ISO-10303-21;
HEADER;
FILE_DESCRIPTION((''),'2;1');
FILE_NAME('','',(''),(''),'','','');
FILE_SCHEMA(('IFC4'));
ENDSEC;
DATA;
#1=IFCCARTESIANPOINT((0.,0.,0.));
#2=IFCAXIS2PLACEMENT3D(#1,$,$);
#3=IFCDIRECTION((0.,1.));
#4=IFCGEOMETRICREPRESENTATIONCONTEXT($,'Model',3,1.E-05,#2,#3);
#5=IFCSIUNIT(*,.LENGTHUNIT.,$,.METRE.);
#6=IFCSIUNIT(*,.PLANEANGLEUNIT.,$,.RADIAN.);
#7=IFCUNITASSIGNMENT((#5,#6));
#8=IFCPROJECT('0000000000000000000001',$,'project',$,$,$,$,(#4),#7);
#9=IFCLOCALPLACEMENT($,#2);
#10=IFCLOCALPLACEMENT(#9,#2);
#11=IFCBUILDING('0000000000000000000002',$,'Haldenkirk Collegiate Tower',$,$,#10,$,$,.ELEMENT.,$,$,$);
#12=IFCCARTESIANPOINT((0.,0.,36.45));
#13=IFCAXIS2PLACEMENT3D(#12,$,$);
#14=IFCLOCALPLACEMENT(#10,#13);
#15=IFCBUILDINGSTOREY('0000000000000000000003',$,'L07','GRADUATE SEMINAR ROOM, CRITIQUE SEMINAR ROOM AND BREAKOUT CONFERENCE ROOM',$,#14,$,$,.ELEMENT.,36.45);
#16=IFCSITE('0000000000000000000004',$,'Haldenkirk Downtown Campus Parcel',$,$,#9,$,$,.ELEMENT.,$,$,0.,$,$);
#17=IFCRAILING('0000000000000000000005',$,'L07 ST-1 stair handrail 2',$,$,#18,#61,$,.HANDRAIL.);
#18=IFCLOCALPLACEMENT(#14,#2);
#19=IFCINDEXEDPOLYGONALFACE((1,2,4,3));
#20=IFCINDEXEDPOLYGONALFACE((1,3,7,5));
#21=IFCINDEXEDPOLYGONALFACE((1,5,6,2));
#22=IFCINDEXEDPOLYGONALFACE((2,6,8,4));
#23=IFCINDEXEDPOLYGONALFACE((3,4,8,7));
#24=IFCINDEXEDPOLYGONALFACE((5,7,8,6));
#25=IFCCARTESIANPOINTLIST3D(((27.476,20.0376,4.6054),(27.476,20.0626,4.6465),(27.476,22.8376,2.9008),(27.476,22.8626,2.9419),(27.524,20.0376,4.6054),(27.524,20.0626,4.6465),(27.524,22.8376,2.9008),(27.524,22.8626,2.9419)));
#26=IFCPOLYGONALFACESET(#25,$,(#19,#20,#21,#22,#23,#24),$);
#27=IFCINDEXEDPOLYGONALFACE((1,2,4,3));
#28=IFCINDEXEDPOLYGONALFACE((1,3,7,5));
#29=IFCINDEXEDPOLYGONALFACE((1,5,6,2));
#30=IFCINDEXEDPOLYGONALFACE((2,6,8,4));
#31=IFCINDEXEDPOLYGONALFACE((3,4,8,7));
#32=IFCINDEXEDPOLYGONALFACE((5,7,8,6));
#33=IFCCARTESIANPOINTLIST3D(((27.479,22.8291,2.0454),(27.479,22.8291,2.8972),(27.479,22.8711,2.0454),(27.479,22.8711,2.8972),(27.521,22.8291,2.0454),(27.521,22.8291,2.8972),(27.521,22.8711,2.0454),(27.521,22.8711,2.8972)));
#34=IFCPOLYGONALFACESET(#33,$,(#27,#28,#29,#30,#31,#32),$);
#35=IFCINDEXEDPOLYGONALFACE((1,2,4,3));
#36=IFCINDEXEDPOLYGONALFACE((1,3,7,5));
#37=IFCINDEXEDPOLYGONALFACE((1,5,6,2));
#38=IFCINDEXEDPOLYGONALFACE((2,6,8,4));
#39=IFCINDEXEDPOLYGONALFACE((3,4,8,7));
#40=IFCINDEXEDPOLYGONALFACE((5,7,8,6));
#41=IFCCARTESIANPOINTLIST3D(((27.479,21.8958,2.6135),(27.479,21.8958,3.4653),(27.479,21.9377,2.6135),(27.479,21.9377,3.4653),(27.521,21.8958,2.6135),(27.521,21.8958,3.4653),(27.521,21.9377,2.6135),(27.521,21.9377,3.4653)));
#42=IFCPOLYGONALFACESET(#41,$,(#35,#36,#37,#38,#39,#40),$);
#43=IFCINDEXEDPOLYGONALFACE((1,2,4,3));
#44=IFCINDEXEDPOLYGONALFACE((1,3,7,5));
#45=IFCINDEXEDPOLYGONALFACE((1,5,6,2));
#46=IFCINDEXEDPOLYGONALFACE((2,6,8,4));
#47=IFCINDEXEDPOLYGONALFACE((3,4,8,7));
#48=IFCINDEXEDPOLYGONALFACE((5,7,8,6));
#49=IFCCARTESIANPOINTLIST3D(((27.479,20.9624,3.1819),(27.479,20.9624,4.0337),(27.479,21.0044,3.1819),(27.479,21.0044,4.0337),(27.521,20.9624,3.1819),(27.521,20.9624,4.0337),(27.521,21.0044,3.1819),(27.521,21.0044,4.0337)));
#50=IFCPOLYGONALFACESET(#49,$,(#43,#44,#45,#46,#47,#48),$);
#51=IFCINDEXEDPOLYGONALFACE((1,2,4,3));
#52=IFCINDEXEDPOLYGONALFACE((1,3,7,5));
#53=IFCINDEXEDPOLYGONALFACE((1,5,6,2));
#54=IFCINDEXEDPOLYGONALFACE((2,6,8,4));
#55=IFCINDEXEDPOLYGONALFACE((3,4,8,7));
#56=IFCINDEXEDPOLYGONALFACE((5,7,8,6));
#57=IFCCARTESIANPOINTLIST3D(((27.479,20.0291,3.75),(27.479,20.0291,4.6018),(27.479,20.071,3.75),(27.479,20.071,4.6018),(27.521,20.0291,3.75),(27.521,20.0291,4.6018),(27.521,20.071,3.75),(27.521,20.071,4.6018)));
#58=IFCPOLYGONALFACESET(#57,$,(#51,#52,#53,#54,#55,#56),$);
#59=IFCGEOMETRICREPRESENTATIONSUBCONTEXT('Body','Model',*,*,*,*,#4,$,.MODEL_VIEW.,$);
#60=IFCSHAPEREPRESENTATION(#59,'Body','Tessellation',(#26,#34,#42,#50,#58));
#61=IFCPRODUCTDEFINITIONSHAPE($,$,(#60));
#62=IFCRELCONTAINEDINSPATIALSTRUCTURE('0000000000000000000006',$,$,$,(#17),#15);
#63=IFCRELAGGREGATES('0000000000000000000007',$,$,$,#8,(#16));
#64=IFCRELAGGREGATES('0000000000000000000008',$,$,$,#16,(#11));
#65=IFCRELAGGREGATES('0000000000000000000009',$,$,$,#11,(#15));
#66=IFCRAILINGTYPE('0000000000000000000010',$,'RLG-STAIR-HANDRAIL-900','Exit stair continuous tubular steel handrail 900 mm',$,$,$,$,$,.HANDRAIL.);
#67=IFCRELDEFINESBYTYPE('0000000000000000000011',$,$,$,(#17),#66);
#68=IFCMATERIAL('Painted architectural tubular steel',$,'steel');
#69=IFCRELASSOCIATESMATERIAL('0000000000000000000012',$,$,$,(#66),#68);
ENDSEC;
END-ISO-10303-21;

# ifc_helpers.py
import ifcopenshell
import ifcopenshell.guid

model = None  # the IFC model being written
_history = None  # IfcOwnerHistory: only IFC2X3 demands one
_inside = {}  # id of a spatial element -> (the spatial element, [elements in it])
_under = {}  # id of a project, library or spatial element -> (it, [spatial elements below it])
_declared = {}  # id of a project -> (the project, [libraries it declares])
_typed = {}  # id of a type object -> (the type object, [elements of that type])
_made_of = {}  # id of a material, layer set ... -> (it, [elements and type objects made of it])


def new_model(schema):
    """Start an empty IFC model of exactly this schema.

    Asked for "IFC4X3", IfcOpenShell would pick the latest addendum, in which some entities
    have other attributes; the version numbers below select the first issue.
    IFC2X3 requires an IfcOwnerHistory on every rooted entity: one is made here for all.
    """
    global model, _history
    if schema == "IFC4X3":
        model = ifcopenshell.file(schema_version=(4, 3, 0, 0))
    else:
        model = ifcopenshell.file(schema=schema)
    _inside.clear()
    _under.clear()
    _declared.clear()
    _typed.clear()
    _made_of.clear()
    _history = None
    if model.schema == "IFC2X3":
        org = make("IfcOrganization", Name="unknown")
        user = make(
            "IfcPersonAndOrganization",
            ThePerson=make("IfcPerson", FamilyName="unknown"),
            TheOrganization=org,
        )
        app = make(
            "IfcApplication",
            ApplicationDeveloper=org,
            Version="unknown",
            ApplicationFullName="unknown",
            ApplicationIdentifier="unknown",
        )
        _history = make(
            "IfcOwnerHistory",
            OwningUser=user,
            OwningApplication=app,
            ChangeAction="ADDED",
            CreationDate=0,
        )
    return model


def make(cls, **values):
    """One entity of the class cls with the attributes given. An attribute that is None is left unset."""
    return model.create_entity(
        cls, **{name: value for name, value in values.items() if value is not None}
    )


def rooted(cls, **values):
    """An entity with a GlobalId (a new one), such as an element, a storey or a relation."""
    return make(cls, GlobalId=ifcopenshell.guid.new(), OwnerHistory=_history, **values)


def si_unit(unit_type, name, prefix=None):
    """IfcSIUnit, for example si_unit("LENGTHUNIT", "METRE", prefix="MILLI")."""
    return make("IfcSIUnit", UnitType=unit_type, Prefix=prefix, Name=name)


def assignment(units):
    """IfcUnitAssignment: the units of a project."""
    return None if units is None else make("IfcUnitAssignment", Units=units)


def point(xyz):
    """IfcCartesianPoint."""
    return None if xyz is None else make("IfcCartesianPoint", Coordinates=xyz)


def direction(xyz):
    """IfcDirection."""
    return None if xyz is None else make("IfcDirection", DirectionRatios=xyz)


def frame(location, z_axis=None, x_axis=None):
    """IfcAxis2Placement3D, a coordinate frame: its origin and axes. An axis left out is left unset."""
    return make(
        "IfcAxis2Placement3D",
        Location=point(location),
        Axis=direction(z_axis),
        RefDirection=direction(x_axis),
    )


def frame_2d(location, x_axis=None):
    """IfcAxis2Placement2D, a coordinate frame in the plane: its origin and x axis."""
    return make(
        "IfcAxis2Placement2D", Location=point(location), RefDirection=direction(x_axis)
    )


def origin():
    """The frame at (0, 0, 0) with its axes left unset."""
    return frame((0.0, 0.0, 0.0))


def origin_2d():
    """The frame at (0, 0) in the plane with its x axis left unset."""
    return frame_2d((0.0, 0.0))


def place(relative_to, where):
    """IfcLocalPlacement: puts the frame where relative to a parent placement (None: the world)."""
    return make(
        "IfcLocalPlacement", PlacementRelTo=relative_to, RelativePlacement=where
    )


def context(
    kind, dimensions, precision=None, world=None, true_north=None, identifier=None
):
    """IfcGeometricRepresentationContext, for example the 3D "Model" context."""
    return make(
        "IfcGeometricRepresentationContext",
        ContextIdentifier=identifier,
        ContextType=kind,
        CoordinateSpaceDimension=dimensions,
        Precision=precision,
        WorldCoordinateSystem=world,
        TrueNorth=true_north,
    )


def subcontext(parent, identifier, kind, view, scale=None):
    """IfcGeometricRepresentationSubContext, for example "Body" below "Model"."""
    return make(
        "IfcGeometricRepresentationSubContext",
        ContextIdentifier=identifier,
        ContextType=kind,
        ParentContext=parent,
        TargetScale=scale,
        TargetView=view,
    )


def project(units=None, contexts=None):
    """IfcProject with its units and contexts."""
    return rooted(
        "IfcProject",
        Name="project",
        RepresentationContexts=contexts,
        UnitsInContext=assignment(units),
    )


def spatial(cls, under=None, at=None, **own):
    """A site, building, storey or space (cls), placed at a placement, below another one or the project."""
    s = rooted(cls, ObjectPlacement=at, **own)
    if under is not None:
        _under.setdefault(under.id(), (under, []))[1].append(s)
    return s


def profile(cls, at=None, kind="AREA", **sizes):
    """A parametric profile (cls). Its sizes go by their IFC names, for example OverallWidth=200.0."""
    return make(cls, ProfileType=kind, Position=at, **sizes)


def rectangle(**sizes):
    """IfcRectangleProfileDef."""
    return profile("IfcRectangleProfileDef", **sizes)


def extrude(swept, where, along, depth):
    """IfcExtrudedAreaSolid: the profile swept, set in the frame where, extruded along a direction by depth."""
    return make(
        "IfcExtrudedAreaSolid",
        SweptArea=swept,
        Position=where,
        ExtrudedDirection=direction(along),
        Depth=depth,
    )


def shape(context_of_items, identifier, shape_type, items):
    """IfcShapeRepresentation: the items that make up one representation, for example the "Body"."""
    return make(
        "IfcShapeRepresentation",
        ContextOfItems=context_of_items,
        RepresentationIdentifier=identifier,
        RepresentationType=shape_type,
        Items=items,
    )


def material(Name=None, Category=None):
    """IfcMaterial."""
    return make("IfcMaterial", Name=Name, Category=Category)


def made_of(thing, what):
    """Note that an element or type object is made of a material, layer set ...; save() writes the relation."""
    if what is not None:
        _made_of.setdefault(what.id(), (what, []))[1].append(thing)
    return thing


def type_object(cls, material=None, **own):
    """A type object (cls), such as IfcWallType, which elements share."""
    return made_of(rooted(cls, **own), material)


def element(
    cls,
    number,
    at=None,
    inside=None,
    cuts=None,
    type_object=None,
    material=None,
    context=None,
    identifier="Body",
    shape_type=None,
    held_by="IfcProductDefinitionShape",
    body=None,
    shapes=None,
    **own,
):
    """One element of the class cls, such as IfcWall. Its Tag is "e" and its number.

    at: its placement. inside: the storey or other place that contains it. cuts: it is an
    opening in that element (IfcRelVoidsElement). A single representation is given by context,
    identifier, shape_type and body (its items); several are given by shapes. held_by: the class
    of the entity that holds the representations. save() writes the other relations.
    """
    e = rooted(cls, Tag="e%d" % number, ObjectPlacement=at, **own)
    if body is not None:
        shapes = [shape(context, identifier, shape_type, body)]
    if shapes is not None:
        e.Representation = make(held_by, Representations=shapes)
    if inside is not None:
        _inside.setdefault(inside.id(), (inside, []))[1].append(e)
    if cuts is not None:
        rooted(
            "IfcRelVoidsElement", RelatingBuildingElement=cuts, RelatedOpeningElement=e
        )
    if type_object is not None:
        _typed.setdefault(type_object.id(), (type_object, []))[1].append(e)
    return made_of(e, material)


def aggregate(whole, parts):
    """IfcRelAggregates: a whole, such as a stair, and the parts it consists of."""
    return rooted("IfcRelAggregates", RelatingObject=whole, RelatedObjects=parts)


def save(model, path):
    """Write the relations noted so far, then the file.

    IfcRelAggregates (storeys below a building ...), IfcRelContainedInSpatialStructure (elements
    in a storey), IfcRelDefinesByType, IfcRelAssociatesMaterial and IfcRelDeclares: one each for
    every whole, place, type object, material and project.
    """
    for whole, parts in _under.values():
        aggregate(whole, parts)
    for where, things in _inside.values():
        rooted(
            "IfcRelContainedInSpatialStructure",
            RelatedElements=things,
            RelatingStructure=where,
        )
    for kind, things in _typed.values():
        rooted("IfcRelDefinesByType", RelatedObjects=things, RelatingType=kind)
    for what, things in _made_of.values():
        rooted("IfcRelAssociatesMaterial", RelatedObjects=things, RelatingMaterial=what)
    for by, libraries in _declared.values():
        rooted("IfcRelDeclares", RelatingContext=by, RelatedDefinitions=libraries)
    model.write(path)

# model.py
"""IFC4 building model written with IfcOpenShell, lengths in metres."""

from ifc_helpers import new_model, si_unit, direction, frame, origin, origin_2d, place, context, subcontext, project, spatial, rectangle, extrude, material, type_object, element, save


model = new_model("IFC4")

# Units and contexts
model_context = context("Model", 3, precision=1e-05, world=origin(), true_north=direction((0.0, 1.0)))
body_context = subcontext(model_context, "Body", "Model", "MODEL_VIEW")
ifc_project = project(units=[si_unit("LENGTHUNIT", "METRE"), si_unit("PLANEANGLEUNIT", "RADIAN")], contexts=[model_context])

# Site, building, storey
site_placement = place(None, origin())
site = spatial("IfcSite", under=ifc_project, at=site_placement, Name="Haldenkirk Downtown Campus Parcel", CompositionType="ELEMENT", RefElevation=0.0)
building_placement = place(site_placement, origin())
building = spatial("IfcBuilding", under=site, at=building_placement, Name="Haldenkirk Collegiate Tower", CompositionType="ELEMENT")
storey_placement = place(building_placement, frame((0.0, 0.0, 36.45)))
storey = spatial("IfcBuildingStorey", under=building, at=storey_placement, Name="L07", Description="GRADUATE SEMINAR ROOM, CRITIQUE SEMINAR ROOM AND BREAKOUT CONFERENCE ROOM", CompositionType="ELEMENT", Elevation=36.45)

# Railing
ifc_material_1 = material(Name="Painted architectural tubular steel", Category="steel")
railing_type_1 = type_object("IfcRailingType", Name="RLG-STAIR-HANDRAIL-900", Description="Exit stair continuous tubular steel handrail 900 mm", PredefinedType="HANDRAIL", material=ifc_material_1)
railing_1_placement = place(storey_placement, frame((27.5, 22.8501, 2.0454)))
element("IfcRailing", 1, at=railing_1_placement, inside=storey, type_object=railing_type_1, Name="L07 ST-1 stair handrail 2", PredefinedType="HANDRAIL", context=body_context, shape_type="SweptSolid", body=[
    extrude(rectangle(XDim=0.0481, YDim=0.0481, at=origin_2d()), frame((0.0, 0.0, 0.876), z_axis=(0.0, -0.85417, 0.519994), x_axis=(1.0, 0.0, 0.0)), (0.0, 0.0, 1.0), 3.2781),
    extrude(rectangle(XDim=0.042, YDim=0.042, at=origin_2d()), origin(), (0.0, 0.0, 1.0), 0.8518),
    extrude(rectangle(XDim=0.042, YDim=0.042, at=origin_2d()), frame((0.0, -0.9333, 0.5681)), (0.0, 0.0, 1.0), 0.8518),
    extrude(rectangle(XDim=0.042, YDim=0.042, at=origin_2d()), frame((0.0, -1.8667, 1.1365)), (0.0, 0.0, 1.0), 0.8518),
    extrude(rectangle(XDim=0.042, YDim=0.042, at=origin_2d()), frame((0.0, -2.8, 1.7046)), (0.0, 0.0, 1.0), 0.8518),
])

save(model, "model.ifc")
